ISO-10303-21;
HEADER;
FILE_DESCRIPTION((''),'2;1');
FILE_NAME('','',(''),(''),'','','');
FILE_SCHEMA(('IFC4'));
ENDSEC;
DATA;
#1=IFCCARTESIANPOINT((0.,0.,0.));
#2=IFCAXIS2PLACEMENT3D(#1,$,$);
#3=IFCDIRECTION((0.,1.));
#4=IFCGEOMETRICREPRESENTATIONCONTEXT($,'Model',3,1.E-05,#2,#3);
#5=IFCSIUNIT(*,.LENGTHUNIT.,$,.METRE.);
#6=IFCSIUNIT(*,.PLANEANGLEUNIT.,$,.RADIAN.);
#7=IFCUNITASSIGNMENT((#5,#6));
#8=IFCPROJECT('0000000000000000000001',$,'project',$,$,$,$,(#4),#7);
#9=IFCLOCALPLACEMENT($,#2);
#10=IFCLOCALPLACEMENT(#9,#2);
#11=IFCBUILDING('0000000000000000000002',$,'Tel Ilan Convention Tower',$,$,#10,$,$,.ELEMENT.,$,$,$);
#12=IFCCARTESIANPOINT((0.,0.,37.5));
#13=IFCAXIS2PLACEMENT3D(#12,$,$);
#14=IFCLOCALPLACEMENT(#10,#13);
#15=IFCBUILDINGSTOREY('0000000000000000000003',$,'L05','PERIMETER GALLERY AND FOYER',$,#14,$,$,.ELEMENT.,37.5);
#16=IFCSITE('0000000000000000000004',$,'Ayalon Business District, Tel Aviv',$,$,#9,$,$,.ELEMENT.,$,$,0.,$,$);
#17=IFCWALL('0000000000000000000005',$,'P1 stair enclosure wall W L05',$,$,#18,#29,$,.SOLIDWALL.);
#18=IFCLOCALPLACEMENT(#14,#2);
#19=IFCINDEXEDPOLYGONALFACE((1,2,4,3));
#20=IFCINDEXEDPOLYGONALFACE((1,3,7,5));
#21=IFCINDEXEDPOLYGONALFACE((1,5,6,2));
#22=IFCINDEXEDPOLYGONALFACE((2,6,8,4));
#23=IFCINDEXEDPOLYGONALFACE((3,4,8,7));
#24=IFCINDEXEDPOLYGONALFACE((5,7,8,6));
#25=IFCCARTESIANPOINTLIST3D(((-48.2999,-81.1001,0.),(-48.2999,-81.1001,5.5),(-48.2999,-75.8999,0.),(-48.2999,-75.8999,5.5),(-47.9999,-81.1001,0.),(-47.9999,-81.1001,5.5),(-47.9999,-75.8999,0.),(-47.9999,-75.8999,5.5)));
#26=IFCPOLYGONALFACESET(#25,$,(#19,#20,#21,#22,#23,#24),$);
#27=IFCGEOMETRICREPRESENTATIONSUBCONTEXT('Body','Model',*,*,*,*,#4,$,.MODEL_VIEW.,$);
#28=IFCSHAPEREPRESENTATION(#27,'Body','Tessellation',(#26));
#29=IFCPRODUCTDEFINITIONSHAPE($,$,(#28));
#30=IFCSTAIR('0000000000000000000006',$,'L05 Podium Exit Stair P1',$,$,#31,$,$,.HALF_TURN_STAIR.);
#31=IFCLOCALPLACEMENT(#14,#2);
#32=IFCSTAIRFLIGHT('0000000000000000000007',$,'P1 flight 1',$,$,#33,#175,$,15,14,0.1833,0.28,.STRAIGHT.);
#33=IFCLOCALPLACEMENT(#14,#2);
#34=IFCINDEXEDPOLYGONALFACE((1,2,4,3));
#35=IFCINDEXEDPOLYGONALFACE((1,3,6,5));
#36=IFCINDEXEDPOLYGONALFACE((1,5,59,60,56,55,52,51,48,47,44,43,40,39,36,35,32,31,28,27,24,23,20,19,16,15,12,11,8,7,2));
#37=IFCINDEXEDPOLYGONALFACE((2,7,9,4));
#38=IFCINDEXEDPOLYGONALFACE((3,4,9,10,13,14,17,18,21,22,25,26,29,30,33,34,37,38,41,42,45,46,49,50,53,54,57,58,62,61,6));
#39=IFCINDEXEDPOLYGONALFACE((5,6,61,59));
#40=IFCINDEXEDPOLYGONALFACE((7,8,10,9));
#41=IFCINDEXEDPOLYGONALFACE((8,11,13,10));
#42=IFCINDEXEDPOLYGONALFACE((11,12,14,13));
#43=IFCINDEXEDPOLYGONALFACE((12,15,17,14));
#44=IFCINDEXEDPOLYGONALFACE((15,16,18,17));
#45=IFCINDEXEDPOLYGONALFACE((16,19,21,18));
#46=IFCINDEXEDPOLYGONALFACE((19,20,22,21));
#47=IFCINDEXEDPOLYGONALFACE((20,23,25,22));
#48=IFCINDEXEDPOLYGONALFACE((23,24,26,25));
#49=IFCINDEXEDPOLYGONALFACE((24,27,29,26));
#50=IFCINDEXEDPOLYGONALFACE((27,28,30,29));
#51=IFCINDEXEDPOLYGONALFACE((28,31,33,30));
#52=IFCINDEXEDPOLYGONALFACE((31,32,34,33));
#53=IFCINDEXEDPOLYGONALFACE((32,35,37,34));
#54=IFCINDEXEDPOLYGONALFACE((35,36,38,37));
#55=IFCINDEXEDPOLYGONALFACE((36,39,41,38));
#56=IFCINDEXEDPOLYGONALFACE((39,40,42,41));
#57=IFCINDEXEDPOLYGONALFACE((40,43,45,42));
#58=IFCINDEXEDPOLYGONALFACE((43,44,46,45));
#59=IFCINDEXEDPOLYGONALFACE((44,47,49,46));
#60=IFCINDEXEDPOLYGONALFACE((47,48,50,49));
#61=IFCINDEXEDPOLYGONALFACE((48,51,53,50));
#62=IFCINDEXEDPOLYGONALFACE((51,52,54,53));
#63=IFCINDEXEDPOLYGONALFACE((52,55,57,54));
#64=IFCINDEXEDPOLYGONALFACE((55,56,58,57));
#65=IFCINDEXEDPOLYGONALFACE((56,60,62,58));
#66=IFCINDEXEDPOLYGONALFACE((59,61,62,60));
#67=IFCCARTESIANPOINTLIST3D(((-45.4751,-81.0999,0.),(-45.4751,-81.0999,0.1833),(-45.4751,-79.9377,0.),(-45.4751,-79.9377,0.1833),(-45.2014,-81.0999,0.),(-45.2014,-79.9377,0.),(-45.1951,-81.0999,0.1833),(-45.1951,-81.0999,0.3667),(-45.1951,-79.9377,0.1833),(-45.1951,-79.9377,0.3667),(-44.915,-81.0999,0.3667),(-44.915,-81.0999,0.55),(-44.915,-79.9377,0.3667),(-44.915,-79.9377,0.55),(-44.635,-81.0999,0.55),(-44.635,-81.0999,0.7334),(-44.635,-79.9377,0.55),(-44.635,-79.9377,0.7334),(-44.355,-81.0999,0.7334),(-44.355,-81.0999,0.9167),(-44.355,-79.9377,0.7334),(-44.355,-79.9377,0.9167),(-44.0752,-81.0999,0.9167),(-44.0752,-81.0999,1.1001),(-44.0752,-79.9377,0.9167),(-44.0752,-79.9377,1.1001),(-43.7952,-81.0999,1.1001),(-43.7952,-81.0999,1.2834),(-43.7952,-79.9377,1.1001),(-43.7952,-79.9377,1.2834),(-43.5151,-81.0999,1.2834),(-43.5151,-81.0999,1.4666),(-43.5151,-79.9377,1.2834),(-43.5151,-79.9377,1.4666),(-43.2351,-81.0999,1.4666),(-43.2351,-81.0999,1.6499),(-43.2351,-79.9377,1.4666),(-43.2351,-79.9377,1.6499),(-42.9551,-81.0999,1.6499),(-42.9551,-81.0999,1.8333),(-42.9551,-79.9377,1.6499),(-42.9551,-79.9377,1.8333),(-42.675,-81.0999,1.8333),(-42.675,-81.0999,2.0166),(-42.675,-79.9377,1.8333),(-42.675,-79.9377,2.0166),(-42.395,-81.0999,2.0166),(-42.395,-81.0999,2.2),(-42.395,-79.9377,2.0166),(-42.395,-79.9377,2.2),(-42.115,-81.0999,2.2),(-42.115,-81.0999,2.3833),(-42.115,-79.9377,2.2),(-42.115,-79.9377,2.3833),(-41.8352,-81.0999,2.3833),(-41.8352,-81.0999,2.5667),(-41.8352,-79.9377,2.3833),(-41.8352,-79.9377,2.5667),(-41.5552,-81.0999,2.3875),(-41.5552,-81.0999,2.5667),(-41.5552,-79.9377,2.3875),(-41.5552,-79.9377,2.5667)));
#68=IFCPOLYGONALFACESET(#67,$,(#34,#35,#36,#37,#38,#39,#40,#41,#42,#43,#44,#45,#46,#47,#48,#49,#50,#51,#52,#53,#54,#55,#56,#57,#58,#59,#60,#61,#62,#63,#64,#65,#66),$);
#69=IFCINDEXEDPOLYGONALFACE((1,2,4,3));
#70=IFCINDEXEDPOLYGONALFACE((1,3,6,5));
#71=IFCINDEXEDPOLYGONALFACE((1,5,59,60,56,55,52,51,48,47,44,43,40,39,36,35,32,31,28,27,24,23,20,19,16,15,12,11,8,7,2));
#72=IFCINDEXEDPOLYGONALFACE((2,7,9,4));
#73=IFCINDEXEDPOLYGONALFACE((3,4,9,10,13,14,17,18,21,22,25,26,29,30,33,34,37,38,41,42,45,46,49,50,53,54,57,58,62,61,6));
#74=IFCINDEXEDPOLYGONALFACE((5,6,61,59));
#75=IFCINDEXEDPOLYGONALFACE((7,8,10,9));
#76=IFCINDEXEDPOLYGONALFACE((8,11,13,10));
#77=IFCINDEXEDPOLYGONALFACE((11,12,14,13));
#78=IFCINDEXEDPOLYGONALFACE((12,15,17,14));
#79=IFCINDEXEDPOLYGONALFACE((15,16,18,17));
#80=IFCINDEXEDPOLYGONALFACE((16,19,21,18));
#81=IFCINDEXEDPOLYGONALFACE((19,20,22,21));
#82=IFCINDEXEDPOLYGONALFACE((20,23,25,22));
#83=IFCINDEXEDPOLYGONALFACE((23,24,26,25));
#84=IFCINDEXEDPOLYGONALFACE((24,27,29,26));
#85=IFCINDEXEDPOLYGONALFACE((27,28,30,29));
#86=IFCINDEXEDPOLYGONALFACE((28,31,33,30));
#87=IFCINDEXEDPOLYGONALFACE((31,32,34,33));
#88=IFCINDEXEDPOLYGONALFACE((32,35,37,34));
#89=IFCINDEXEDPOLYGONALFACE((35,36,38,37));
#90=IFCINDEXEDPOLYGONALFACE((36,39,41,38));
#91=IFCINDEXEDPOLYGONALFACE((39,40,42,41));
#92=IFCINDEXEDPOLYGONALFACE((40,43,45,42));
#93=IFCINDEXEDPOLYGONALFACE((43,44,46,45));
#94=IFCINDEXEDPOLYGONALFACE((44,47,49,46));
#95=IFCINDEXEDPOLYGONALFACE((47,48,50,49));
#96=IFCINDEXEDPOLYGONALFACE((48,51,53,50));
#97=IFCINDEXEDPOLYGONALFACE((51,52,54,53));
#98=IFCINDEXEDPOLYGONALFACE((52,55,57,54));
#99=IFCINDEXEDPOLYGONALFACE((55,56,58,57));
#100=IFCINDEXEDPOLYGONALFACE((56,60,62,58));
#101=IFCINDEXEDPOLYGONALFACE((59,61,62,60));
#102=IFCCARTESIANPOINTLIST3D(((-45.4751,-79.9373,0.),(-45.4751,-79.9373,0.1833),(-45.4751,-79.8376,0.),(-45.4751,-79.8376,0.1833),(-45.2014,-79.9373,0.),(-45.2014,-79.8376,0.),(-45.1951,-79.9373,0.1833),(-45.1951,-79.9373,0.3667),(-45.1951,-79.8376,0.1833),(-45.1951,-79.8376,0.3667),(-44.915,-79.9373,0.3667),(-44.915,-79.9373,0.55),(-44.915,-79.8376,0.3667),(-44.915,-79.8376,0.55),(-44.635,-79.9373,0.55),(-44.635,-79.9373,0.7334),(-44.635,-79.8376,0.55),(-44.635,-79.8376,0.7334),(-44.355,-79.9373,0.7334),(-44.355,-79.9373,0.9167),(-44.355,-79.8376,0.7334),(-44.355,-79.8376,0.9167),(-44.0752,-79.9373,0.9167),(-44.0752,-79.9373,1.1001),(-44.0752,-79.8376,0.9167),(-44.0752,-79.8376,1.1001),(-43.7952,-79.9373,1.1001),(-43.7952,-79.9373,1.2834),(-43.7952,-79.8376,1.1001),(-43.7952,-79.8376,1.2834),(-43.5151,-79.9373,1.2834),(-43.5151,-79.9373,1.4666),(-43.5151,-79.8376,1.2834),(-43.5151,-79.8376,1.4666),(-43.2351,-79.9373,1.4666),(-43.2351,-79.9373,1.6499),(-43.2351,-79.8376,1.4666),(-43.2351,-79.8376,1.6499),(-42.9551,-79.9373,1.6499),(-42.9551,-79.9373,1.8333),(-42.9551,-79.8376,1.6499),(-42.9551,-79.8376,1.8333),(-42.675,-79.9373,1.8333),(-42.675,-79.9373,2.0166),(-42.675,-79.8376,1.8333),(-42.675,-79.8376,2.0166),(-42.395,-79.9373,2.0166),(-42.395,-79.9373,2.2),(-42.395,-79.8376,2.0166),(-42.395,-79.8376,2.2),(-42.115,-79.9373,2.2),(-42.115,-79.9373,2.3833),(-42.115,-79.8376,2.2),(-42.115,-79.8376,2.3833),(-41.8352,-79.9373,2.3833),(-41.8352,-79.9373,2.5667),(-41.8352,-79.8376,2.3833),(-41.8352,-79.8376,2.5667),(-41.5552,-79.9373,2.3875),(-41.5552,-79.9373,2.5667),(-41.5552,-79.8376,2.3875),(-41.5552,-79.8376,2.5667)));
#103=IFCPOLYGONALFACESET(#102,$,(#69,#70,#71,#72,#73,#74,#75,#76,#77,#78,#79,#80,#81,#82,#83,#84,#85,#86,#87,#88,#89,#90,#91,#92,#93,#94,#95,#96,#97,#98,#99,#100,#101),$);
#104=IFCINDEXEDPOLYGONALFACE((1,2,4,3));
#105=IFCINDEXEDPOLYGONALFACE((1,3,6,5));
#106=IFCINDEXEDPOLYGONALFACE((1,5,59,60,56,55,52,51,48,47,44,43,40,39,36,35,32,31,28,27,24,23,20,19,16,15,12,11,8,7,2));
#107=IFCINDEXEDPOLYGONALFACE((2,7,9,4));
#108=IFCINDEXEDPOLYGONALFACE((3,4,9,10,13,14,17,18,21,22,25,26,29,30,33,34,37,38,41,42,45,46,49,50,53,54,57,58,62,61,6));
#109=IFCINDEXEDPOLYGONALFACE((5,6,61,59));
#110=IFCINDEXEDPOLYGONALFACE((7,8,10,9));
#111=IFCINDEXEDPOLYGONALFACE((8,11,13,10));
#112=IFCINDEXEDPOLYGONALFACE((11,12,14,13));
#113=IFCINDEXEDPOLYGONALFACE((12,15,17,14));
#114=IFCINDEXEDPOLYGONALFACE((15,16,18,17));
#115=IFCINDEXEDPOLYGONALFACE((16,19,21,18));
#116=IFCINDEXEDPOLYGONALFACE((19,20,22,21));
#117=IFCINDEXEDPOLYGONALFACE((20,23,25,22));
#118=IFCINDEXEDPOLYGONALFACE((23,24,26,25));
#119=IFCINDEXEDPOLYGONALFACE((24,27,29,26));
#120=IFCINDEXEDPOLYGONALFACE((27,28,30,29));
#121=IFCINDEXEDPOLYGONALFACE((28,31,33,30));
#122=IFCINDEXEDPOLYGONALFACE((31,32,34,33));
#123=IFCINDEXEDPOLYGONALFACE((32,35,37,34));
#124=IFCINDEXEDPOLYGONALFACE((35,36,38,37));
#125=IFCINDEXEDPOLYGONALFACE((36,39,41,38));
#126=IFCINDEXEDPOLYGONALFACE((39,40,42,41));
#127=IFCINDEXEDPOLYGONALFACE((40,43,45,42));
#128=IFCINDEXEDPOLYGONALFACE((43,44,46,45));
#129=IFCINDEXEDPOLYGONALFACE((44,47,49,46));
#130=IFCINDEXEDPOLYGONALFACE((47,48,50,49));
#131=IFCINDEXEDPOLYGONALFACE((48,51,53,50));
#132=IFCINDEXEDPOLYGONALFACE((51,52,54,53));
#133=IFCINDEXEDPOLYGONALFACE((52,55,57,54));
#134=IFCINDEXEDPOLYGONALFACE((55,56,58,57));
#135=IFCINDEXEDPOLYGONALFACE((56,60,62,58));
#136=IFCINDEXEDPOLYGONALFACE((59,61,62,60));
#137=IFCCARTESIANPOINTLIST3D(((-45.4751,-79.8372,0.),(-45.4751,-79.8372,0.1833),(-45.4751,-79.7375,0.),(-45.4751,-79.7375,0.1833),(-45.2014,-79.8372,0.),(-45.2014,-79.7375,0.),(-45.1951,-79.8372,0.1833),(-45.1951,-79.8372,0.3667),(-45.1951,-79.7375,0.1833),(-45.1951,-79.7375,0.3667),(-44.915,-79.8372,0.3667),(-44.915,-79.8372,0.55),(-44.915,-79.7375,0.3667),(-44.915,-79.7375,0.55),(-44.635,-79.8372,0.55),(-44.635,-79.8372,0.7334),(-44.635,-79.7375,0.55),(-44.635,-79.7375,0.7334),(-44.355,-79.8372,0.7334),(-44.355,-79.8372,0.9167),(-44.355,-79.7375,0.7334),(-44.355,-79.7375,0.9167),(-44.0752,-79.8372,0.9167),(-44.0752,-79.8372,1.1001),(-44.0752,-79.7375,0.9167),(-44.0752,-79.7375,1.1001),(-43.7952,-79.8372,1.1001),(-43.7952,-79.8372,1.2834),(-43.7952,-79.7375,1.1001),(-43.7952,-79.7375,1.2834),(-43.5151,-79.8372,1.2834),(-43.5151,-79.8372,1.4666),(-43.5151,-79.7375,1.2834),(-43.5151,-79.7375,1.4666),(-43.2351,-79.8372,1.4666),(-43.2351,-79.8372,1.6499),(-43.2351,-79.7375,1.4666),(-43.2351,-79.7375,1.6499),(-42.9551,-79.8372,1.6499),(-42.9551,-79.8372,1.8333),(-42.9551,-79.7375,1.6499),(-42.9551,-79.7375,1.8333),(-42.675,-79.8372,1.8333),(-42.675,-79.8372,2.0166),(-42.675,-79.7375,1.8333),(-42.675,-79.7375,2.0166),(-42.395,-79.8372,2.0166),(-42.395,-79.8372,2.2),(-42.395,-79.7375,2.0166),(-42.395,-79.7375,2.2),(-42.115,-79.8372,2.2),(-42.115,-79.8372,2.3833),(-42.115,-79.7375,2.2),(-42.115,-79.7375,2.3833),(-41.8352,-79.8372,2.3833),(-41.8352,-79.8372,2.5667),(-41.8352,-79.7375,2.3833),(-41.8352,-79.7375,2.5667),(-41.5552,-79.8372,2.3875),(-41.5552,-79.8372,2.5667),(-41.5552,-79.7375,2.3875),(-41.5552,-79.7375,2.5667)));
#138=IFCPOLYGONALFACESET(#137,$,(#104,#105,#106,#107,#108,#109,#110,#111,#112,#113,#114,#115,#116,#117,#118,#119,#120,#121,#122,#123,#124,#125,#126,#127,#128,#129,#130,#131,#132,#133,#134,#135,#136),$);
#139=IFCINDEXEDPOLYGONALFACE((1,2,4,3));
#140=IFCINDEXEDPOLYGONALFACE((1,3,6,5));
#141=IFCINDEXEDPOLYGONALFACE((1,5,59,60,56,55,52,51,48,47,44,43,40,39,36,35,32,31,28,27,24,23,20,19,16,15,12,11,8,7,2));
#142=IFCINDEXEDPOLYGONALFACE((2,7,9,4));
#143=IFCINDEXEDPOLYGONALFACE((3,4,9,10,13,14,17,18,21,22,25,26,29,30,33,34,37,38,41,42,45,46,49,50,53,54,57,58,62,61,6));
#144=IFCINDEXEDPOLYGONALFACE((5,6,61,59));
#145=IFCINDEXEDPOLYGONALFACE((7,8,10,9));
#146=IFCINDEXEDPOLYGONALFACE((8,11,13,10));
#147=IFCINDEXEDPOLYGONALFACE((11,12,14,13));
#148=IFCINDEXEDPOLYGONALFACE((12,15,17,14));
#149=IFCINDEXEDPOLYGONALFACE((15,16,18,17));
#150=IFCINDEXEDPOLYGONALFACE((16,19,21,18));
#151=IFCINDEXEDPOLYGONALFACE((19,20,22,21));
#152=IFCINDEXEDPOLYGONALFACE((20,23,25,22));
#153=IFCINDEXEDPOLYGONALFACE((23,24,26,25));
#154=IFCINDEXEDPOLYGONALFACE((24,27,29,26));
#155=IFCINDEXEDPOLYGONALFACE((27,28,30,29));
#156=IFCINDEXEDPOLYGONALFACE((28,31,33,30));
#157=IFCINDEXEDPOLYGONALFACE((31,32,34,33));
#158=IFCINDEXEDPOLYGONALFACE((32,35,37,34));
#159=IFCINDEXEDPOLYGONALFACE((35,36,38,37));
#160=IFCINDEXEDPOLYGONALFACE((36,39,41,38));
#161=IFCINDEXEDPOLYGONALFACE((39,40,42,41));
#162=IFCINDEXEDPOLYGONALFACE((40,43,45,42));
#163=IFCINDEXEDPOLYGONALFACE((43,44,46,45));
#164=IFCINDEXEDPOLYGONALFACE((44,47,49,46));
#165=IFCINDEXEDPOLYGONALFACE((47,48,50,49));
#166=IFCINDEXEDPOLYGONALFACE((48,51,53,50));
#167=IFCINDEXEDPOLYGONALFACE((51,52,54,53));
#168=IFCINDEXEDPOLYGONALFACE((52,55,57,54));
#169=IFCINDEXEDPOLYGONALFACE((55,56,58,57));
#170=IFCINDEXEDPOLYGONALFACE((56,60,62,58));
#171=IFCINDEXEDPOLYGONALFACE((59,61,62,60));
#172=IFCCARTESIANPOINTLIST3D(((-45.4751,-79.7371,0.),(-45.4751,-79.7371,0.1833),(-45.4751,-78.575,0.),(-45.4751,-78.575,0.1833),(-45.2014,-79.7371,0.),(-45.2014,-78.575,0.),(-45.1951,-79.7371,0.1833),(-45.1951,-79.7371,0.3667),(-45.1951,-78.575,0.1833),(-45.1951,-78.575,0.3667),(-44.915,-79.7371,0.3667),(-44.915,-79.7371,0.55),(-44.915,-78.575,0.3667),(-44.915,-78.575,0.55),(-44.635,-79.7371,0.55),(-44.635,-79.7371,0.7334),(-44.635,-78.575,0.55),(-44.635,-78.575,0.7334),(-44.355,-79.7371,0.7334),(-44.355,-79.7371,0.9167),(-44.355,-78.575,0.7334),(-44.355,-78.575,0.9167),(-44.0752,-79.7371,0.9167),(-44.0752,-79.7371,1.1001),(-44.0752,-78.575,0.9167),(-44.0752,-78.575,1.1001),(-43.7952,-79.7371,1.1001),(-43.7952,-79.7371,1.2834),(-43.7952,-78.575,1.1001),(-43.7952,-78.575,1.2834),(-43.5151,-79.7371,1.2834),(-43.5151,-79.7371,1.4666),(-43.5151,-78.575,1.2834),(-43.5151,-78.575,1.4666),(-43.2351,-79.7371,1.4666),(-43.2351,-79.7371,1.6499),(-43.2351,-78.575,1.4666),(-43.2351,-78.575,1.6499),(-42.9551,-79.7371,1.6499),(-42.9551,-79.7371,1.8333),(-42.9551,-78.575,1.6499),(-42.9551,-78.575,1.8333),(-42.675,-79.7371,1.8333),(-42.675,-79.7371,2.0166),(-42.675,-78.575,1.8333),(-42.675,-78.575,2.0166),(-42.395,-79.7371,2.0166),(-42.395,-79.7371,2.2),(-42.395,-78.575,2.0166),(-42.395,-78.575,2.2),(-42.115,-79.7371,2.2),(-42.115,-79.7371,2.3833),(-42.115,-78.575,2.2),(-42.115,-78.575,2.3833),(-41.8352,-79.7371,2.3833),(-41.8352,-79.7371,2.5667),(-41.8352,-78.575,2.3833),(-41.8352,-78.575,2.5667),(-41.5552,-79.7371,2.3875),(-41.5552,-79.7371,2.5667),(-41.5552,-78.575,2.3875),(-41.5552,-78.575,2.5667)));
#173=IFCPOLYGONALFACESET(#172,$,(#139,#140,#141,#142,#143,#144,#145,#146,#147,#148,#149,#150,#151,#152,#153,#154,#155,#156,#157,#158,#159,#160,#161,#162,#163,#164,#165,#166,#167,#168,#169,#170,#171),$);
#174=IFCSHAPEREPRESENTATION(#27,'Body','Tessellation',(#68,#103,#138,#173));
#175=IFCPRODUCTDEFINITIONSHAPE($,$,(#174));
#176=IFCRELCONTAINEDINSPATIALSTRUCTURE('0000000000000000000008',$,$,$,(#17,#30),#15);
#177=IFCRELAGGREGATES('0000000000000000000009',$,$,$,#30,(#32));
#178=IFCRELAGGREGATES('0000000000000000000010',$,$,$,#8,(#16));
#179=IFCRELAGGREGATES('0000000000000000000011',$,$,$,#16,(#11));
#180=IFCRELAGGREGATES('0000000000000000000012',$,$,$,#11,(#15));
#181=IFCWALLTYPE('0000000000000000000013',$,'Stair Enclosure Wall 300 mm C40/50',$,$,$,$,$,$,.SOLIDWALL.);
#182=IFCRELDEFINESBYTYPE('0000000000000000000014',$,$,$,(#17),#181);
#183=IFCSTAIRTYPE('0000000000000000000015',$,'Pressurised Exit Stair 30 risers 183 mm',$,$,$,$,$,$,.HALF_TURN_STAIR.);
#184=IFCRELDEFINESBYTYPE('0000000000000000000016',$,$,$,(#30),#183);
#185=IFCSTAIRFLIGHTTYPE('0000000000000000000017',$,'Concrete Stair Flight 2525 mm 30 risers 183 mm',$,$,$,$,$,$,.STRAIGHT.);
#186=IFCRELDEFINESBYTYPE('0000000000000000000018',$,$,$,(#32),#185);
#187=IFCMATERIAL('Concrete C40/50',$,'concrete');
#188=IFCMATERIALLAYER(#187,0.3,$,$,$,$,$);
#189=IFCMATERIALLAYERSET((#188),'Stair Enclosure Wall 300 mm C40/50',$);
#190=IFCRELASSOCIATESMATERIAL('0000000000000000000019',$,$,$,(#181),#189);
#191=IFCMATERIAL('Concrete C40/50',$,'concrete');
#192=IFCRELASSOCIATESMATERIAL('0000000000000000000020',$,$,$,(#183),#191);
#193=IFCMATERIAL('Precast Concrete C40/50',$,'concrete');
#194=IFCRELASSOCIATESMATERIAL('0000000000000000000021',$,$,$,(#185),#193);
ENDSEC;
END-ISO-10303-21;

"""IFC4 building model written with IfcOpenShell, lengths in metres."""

from ifc_helpers import new_model, si_unit, direction, frame, frame_2d, origin, place, context, subcontext, project, spatial, polyline, rectangle, outline, extrude, material, layer, layer_set, type_object, element, aggregate, save


model = new_model("IFC4")

# Units and contexts
model_context = context("Model", 3, precision=1e-05, world=origin(), true_north=direction((0.0, 1.0)))
body_context = subcontext(model_context, "Body", "Model", "MODEL_VIEW")
ifc_project = project(units=[si_unit("LENGTHUNIT", "METRE"), si_unit("PLANEANGLEUNIT", "RADIAN")], contexts=[model_context])

# Site, building, storey
site_placement = place(None, origin())
site = spatial("IfcSite", under=ifc_project, at=site_placement, Name="Ayalon Business District, Tel Aviv", CompositionType="ELEMENT", RefElevation=0.0)
building_placement = place(site_placement, origin())
building = spatial("IfcBuilding", under=site, at=building_placement, Name="Tel Ilan Convention Tower", CompositionType="ELEMENT")
storey_placement = place(building_placement, frame((0.0, 0.0, 37.5)))
storey = spatial("IfcBuildingStorey", under=building, at=storey_placement, Name="L05", Description="PERIMETER GALLERY AND FOYER", CompositionType="ELEMENT", Elevation=37.5)

# Wall
ifc_material_1 = material(Name="Concrete C40/50", Category="concrete")
ifc_layer = layer(ifc_material_1, 0.3)
ifc_layer_set = layer_set([ifc_layer], Name="Stair Enclosure Wall 300 mm C40/50")
wall_type = type_object("IfcWallType", Name="Stair Enclosure Wall 300 mm C40/50", PredefinedType="SOLIDWALL", material=ifc_layer_set)
wall_placement = place(storey_placement, frame((-48.1499, -81.1001, 0.0), z_axis=(0.0, 0.0, 1.0), x_axis=(0.0, 1.0, 0.0)))
element("IfcWall", 1, at=wall_placement, inside=storey, type_object=wall_type, Name="P1 stair enclosure wall W L05", PredefinedType="SOLIDWALL", context=body_context, shape_type="SweptSolid", body=[
    extrude(rectangle(XDim=5.2002, YDim=0.3, at=frame_2d((2.6001, 0.0))), origin(), (0.0, 0.0, 1.0), 5.5),
])

# Stair, stair flight
ifc_material_2 = material(Name="Concrete C40/50", Category="concrete")
stair_type = type_object("IfcStairType", Name="Pressurised Exit Stair 30 risers 183 mm", PredefinedType="HALF_TURN_STAIR", material=ifc_material_2)
stair_placement = place(storey_placement, origin())
stair = element("IfcStair", 2, at=stair_placement, inside=storey, type_object=stair_type, Name="L05 Podium Exit Stair P1", PredefinedType="HALF_TURN_STAIR")
ifc_material_3 = material(Name="Precast Concrete C40/50", Category="concrete")
stair_flight_type = type_object("IfcStairFlightType", Name="Concrete Stair Flight 2525 mm 30 risers 183 mm", PredefinedType="STRAIGHT", material=ifc_material_3)
stair_flight_placement = place(storey_placement, frame((-45.4751, -79.8374, 0.0), z_axis=(0.0, 0.0, 1.0), x_axis=(1.0, 0.0, 0.0)))
stair_flight = element("IfcStairFlight", 3, at=stair_flight_placement, type_object=stair_flight_type, Name="P1 flight 1", NumberOfRisers=15, NumberOfTreads=14, PredefinedType="STRAIGHT", RiserHeight=0.1833, TreadLength=0.28, context=body_context, shape_type="SweptSolid", body=[
    extrude(outline(polyline([(0.0, 0.0), (0.0, 0.1833), (0.28, 0.1833), (0.28, 0.3667), (0.5601, 0.3667), (0.5601, 0.55), (0.8401, 0.55), (0.8401, 0.7334), (1.1201, 0.7334), (1.1201, 0.9167), (1.3999, 0.9167), (1.3999, 1.1001), (1.6799, 1.1001), (1.6799, 1.2834), (1.96, 1.2834), (1.96, 1.4666), (2.24, 1.4666), (2.24, 1.6499), (2.52, 1.6499), (2.52, 1.8333), (2.8, 1.8333), (2.8, 2.0166), (3.0801, 2.0166), (3.0801, 2.2), (3.3601, 2.2), (3.3601, 2.3833), (3.6399, 2.3833), (3.6399, 2.5667), (3.9199, 2.5667), (3.9199, 2.75), (3.9199, 2.3875), (0.2737, 0.0), (0.0, 0.0)])), frame((0.0, -0.1003, 0.0), z_axis=(0.0, -1.0, 0.0), x_axis=(1.0, 0.0, 0.0)), (0.0, 0.0, 1.0), 1.1621),
    extrude(outline(polyline([(0.0, 0.0), (0.0, 0.1833), (0.28, 0.1833), (0.28, 0.3667), (0.5601, 0.3667), (0.5601, 0.55), (0.8401, 0.55), (0.8401, 0.7334), (1.1201, 0.7334), (1.1201, 0.9167), (1.3999, 0.9167), (1.3999, 1.1001), (1.6799, 1.1001), (1.6799, 1.2834), (1.96, 1.2834), (1.96, 1.4666), (2.24, 1.4666), (2.24, 1.6499), (2.52, 1.6499), (2.52, 1.8333), (2.8, 1.8333), (2.8, 2.0166), (3.0801, 2.0166), (3.0801, 2.2), (3.3601, 2.2), (3.3601, 2.3833), (3.6399, 2.3833), (3.6399, 2.5667), (3.9199, 2.5667), (3.9199, 2.75), (3.9199, 2.3875), (0.2737, 0.0), (0.0, 0.0)])), frame((0.0, -0.0002, 0.0), z_axis=(0.0, -1.0, 0.0), x_axis=(1.0, 0.0, 0.0)), (0.0, 0.0, 1.0), 0.0996),
    extrude(outline(polyline([(0.0, 0.0), (0.0, 0.1833), (0.28, 0.1833), (0.28, 0.3667), (0.5601, 0.3667), (0.5601, 0.55), (0.8401, 0.55), (0.8401, 0.7334), (1.1201, 0.7334), (1.1201, 0.9167), (1.3999, 0.9167), (1.3999, 1.1001), (1.6799, 1.1001), (1.6799, 1.2834), (1.96, 1.2834), (1.96, 1.4666), (2.24, 1.4666), (2.24, 1.6499), (2.52, 1.6499), (2.52, 1.8333), (2.8, 1.8333), (2.8, 2.0166), (3.0801, 2.0166), (3.0801, 2.2), (3.3601, 2.2), (3.3601, 2.3833), (3.6399, 2.3833), (3.6399, 2.5667), (3.9199, 2.5667), (3.9199, 2.75), (3.9199, 2.3875), (0.2737, 0.0), (0.0, 0.0)])), frame((0.0, 0.0999, 0.0), z_axis=(0.0, -1.0, 0.0), x_axis=(1.0, 0.0, 0.0)), (0.0, 0.0, 1.0), 0.0996),
    extrude(outline(polyline([(0.0, 0.0), (0.0, 0.1833), (0.28, 0.1833), (0.28, 0.3667), (0.5601, 0.3667), (0.5601, 0.55), (0.8401, 0.55), (0.8401, 0.7334), (1.1201, 0.7334), (1.1201, 0.9167), (1.3999, 0.9167), (1.3999, 1.1001), (1.6799, 1.1001), (1.6799, 1.2834), (1.96, 1.2834), (1.96, 1.4666), (2.24, 1.4666), (2.24, 1.6499), (2.52, 1.6499), (2.52, 1.8333), (2.8, 1.8333), (2.8, 2.0166), (3.0801, 2.0166), (3.0801, 2.2), (3.3601, 2.2), (3.3601, 2.3833), (3.6399, 2.3833), (3.6399, 2.5667), (3.9199, 2.5667), (3.9199, 2.75), (3.9199, 2.3875), (0.2737, 0.0), (0.0, 0.0)])), frame((0.0, 1.2625, 0.0), z_axis=(0.0, -1.0, 0.0), x_axis=(1.0, 0.0, 0.0)), (0.0, 0.0, 1.0), 1.1621),
])
aggregate(stair, [stair_flight])

save(model, "model.ifc")
